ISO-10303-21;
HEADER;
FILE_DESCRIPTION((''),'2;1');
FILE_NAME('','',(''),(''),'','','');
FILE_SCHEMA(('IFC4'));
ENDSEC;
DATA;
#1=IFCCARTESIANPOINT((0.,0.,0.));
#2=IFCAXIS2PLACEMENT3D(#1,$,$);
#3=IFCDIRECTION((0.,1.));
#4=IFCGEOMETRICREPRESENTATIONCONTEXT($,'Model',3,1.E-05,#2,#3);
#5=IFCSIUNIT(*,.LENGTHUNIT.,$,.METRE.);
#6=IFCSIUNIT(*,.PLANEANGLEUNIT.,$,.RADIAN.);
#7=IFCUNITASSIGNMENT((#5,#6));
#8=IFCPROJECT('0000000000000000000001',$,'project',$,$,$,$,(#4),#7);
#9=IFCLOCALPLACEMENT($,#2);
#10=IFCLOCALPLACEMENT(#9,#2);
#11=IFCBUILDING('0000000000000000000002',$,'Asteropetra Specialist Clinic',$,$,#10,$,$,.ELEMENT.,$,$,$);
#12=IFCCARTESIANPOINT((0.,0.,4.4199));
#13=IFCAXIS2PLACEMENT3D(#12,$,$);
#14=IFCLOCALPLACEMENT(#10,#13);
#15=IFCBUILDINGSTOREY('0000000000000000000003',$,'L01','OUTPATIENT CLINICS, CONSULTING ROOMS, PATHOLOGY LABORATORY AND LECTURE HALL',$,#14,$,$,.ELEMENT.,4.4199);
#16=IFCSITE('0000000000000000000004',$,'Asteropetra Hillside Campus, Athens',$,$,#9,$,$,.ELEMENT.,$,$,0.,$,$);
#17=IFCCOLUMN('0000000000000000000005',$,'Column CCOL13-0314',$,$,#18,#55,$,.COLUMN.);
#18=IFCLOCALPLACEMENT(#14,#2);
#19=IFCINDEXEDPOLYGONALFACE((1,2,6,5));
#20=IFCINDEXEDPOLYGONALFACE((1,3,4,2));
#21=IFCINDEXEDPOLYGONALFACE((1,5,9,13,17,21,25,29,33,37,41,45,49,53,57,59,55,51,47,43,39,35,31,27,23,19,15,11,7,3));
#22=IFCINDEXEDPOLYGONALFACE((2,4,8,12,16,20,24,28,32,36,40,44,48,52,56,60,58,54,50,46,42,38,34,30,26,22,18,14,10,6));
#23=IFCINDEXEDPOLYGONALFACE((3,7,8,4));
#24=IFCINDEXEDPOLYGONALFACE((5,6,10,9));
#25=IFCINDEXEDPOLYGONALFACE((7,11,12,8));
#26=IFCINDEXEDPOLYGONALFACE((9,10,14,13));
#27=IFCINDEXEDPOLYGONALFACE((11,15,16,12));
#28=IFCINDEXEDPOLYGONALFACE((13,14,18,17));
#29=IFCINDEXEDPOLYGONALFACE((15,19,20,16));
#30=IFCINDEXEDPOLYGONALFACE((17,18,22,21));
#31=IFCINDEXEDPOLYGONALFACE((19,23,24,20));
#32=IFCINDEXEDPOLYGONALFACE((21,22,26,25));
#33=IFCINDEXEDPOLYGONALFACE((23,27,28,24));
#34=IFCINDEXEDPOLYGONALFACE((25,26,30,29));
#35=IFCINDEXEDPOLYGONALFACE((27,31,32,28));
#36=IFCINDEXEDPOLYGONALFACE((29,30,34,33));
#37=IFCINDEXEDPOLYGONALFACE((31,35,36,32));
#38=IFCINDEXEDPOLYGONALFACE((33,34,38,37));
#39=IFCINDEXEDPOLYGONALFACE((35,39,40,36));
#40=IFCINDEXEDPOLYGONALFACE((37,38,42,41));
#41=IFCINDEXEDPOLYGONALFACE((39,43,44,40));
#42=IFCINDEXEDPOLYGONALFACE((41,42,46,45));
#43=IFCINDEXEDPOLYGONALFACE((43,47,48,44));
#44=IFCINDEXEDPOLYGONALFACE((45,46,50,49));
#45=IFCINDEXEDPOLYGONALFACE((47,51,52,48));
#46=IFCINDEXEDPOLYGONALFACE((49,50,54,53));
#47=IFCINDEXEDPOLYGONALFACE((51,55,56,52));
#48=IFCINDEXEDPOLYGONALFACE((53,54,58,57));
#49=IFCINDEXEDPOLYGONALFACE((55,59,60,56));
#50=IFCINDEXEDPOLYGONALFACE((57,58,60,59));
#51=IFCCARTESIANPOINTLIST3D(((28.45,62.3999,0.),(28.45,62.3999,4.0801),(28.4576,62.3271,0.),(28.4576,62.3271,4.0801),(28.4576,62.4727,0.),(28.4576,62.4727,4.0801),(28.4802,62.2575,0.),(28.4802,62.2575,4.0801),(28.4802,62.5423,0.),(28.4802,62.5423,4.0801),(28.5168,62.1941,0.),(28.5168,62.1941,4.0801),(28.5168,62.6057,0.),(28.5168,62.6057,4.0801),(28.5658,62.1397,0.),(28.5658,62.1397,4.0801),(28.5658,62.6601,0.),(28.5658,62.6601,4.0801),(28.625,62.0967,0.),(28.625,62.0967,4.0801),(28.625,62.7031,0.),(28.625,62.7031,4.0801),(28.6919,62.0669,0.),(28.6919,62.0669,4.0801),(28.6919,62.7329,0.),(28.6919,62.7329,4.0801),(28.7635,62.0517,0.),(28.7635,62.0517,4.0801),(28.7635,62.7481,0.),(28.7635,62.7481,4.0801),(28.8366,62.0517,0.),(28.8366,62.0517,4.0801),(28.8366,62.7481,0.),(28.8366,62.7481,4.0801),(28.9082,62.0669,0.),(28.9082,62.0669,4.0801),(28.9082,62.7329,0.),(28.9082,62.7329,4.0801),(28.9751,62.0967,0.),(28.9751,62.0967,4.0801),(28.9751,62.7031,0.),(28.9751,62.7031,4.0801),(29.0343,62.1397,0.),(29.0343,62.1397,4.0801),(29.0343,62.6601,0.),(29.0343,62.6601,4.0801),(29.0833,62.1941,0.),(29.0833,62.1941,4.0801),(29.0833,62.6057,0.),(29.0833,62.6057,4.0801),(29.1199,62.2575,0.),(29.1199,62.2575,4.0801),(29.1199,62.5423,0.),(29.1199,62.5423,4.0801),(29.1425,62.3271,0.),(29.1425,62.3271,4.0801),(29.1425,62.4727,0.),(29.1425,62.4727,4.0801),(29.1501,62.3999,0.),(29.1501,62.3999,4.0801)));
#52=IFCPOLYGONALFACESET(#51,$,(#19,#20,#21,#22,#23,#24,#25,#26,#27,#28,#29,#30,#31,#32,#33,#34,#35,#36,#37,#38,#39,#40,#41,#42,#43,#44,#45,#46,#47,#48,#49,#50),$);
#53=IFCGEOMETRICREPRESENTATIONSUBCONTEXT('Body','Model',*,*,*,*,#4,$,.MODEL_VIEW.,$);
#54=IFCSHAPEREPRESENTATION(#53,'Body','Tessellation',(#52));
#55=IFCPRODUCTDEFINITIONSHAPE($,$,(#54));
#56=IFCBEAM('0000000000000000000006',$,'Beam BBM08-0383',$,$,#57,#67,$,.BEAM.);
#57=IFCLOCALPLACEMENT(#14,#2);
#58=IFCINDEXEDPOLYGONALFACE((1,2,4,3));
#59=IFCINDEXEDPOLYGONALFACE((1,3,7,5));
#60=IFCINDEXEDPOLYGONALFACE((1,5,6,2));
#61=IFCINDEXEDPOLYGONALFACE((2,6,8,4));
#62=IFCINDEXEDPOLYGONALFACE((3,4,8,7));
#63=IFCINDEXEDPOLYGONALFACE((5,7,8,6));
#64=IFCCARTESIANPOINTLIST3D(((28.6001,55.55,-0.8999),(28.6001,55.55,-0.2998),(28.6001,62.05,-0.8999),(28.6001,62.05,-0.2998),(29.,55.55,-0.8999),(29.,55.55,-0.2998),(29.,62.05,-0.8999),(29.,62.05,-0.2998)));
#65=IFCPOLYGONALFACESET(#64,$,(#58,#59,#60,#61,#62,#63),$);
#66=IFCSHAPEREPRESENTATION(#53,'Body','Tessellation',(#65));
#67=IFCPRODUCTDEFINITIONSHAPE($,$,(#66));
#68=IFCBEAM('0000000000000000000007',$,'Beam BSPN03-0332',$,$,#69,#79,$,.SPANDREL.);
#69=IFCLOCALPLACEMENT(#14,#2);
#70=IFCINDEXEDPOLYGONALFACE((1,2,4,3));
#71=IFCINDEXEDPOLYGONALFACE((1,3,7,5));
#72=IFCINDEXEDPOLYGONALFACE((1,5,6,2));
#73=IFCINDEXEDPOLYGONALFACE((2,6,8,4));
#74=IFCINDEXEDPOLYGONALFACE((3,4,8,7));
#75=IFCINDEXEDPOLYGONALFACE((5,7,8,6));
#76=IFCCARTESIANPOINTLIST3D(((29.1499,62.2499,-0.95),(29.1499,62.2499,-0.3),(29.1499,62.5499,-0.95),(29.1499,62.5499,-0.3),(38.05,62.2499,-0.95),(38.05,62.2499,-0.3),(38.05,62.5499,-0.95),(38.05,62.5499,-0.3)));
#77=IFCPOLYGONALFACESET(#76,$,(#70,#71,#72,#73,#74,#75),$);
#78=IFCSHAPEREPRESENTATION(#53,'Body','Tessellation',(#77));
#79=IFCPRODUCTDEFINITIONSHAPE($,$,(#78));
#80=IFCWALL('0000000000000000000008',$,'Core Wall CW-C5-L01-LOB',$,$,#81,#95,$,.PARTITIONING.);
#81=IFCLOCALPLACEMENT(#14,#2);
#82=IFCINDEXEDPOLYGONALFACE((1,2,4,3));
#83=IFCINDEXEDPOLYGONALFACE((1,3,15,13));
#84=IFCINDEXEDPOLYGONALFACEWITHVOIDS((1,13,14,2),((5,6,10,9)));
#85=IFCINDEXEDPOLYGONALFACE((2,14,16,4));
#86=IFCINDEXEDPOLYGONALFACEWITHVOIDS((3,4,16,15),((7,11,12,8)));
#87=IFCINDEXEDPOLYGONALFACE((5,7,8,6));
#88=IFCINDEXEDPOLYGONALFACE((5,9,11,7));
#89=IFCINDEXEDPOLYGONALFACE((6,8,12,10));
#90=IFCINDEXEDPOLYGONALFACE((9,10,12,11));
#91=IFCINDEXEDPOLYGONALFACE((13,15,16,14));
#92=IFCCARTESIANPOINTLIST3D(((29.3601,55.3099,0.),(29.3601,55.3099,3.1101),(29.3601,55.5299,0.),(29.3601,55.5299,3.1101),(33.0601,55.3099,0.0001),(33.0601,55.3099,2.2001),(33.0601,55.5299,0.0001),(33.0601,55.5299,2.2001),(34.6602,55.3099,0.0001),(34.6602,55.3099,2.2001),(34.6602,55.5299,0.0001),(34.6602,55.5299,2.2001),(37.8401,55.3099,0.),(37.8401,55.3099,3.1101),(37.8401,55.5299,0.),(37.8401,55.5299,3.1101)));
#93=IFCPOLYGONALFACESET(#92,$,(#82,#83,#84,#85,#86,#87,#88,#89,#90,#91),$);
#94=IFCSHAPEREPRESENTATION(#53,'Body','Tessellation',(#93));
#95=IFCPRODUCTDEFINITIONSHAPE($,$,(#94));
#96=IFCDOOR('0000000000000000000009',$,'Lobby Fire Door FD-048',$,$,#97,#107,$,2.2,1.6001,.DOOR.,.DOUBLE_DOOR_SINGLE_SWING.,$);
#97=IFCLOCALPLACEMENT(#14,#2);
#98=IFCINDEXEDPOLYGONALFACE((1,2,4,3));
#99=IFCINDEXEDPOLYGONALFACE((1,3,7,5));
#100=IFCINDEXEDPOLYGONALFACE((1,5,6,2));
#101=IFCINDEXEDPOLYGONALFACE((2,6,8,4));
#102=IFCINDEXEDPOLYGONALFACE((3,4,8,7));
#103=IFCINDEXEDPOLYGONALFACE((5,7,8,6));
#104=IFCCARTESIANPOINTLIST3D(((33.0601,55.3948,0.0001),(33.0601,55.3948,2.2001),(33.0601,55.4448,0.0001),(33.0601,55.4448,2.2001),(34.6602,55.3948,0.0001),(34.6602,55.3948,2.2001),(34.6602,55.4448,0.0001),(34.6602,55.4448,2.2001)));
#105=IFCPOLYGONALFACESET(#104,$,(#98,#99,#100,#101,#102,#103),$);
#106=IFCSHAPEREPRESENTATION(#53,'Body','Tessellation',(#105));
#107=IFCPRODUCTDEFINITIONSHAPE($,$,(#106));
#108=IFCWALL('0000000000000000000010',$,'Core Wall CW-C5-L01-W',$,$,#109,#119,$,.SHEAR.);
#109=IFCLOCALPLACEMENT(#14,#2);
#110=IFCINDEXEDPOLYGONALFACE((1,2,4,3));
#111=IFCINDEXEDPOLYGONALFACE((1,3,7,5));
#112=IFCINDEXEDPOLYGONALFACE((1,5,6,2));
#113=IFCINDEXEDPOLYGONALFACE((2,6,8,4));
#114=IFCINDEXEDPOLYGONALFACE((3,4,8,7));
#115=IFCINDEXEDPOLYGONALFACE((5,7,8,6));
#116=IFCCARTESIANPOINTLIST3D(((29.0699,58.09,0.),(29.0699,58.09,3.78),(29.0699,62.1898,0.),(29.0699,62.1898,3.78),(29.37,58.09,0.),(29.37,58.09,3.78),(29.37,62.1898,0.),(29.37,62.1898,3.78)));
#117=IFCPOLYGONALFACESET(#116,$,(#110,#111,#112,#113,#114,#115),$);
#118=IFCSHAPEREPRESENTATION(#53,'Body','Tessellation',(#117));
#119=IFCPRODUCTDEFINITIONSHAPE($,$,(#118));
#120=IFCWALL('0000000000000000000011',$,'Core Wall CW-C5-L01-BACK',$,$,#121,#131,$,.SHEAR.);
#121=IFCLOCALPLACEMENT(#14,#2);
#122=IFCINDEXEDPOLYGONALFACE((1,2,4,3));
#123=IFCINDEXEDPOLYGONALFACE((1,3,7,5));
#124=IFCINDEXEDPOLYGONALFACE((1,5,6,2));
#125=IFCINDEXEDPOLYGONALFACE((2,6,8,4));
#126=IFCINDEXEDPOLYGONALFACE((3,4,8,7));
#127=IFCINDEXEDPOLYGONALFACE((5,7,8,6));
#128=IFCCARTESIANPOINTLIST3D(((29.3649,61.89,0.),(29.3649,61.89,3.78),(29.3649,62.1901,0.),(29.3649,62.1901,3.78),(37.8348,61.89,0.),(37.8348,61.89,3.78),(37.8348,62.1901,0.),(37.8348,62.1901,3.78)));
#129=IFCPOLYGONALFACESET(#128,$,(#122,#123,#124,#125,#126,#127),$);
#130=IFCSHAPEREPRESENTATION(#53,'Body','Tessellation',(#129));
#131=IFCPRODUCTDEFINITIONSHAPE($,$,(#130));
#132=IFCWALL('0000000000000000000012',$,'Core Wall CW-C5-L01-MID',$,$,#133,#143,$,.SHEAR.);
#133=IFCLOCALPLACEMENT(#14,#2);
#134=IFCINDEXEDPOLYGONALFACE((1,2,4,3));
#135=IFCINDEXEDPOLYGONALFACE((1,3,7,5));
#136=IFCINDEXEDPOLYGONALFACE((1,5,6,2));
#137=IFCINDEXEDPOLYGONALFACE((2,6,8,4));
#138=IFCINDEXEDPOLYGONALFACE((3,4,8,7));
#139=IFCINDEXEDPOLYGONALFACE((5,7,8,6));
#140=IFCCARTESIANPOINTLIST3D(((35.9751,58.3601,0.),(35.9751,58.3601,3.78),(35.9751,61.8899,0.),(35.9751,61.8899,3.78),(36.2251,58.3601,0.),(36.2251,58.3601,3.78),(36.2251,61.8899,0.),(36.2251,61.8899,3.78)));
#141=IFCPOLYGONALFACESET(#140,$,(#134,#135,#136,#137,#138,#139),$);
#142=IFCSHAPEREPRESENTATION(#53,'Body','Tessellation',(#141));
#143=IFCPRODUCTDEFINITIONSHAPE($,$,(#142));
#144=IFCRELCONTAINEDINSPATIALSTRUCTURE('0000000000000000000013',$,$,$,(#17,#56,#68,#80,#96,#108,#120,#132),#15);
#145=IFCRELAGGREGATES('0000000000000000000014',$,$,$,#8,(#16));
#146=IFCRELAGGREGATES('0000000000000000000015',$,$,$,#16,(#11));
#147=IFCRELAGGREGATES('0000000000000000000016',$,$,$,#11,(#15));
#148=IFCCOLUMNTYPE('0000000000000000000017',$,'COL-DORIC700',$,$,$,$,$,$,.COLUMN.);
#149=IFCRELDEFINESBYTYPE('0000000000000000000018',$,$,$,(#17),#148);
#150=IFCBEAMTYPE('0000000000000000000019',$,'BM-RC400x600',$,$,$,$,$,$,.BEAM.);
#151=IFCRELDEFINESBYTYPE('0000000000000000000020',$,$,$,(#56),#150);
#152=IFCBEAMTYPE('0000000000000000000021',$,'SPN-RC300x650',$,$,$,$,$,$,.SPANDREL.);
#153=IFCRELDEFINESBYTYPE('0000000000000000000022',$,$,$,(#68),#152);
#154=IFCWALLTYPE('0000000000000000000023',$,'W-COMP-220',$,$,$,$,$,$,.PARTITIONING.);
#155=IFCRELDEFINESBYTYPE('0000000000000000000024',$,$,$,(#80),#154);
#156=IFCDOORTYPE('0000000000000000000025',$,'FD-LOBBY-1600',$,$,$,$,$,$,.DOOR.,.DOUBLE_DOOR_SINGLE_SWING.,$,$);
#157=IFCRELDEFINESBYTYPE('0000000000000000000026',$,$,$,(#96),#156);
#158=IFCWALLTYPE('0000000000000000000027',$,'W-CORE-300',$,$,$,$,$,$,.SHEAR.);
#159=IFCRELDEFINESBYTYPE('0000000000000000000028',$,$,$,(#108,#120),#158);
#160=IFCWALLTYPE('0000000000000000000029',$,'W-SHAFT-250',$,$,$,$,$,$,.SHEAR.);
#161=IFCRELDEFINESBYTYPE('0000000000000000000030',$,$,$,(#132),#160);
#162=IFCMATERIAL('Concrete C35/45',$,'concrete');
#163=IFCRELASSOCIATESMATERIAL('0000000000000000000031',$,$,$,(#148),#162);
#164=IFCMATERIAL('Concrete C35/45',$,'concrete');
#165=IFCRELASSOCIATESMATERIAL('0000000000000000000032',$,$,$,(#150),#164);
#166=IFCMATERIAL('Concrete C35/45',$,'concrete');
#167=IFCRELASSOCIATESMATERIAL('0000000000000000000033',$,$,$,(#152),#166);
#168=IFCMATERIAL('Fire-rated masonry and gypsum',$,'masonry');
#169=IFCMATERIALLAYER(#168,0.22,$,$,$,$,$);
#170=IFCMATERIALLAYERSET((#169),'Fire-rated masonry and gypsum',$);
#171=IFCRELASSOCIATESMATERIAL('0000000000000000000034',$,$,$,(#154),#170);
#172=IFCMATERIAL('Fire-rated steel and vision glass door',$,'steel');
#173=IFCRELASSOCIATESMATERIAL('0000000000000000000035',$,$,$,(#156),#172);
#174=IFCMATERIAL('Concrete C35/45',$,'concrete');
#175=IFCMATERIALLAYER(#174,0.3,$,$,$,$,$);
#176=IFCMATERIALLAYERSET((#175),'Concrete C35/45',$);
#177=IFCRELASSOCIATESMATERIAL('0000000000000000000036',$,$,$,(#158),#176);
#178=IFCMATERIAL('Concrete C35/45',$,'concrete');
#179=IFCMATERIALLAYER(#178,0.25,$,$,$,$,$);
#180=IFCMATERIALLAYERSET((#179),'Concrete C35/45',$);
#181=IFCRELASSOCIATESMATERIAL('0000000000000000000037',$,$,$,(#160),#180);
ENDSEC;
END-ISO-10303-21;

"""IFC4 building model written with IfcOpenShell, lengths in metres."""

from ifc_helpers import new_model, si_unit, direction, frame, frame_2d, origin, origin_2d, place, context, subcontext, project, spatial, rectangle, circle, extrude, material, layer, layer_set, material_profile, profile_set, type_object, element, fill, save


model = new_model("IFC4")

# Units and contexts
model_context = context("Model", 3, precision=1e-05, world=origin(), true_north=direction((0.0, 1.0)))
body_context = subcontext(model_context, "Body", "Model", "MODEL_VIEW")
ifc_project = project(units=[si_unit("LENGTHUNIT", "METRE"), si_unit("PLANEANGLEUNIT", "RADIAN")], contexts=[model_context])

# Site, building, storey
site_placement = place(None, origin())
site = spatial("IfcSite", under=ifc_project, at=site_placement, Name="Asteropetra Hillside Campus, Athens", CompositionType="ELEMENT", RefElevation=0.0)
building_placement = place(site_placement, origin())
building = spatial("IfcBuilding", under=site, at=building_placement, Name="Asteropetra Specialist Clinic", CompositionType="ELEMENT")
storey_placement = place(building_placement, frame((0.0, 0.0, 4.4199)))
storey = spatial("IfcBuildingStorey", under=building, at=storey_placement, Name="L01", Description="OUTPATIENT CLINICS, CONSULTING ROOMS, PATHOLOGY LABORATORY AND LECTURE HALL", CompositionType="ELEMENT", Elevation=4.4199)

# Column
ifc_material_1 = material(Name="Concrete C35/45", Category="concrete")
ifc_material_profile_1 = material_profile(ifc_material_1, circle(Radius=0.3501, at=origin_2d()), Name="RCC D700")
ifc_profile_set_1 = profile_set([ifc_material_profile_1], Name="Concrete C35/45")
column_type = type_object("IfcColumnType", Name="COL-DORIC700", PredefinedType="COLUMN", material=ifc_profile_set_1)
column_placement = place(storey_placement, frame((28.8, 62.3999, 0.0), z_axis=(0.0, 0.0, 1.0), x_axis=(1.0, 0.0, 0.0)))
element("IfcColumn", 1, at=column_placement, inside=storey, type_object=column_type, Name="Column CCOL13-0314", PredefinedType="COLUMN", context=body_context, shape_type="SweptSolid", body=[
    extrude(circle(Radius=0.3501, at=origin_2d()), origin(), (0.0, 0.0, 1.0), 4.0801),
])

# Beams
ifc_material_2 = material(Name="Concrete C35/45", Category="concrete")
ifc_material_profile_2 = material_profile(ifc_material_2, rectangle(XDim=0.3999, YDim=0.6001, at=origin_2d()), Name="RCB 400x600")
ifc_profile_set_2 = profile_set([ifc_material_profile_2], Name="Concrete C35/45")
beam_type_1 = type_object("IfcBeamType", Name="BM-RC400x600", PredefinedType="BEAM", material=ifc_profile_set_2)
beam_1_placement = place(storey_placement, frame((28.8, 55.55, -0.5999), z_axis=(0.0, 1.0, 0.0), x_axis=(-1.0, 0.0, 0.0)))
element("IfcBeam", 2, at=beam_1_placement, inside=storey, type_object=beam_type_1, Name="Beam BBM08-0383", PredefinedType="BEAM", context=body_context, shape_type="SweptSolid", body=[
    extrude(rectangle(XDim=0.3999, YDim=0.6001, at=origin_2d()), origin(), (0.0, 0.0, 1.0), 6.5),
])
ifc_material_3 = material(Name="Concrete C35/45", Category="concrete")
ifc_material_profile_3 = material_profile(ifc_material_3, rectangle(XDim=0.3, YDim=0.6499, at=origin_2d()), Name="RCS 300x650")
ifc_profile_set_3 = profile_set([ifc_material_profile_3], Name="Concrete C35/45")
beam_type_2 = type_object("IfcBeamType", Name="SPN-RC300x650", PredefinedType="SPANDREL", material=ifc_profile_set_3)
beam_2_placement = place(storey_placement, frame((29.1499, 62.3999, -0.625), z_axis=(1.0, 0.0, 0.0), x_axis=(0.0, 1.0, 0.0)))
element("IfcBeam", 3, at=beam_2_placement, inside=storey, type_object=beam_type_2, Name="Beam BSPN03-0332", PredefinedType="SPANDREL", context=body_context, shape_type="SweptSolid", body=[
    extrude(rectangle(XDim=0.3, YDim=0.6499, at=origin_2d()), origin(), (0.0, 0.0, 1.0), 8.9001),
])

# Wall, opening, door
ifc_material_4 = material(Name="Fire-rated masonry and gypsum", Category="masonry")
ifc_layer_1 = layer(ifc_material_4, 0.22)
ifc_layer_set_1 = layer_set([ifc_layer_1], Name="Fire-rated masonry and gypsum")
wall_type_1 = type_object("IfcWallType", Name="W-COMP-220", PredefinedType="PARTITIONING", material=ifc_layer_set_1)
wall_1_placement = place(storey_placement, frame((29.3601, 55.4199, 0.0), z_axis=(0.0, 0.0, 1.0), x_axis=(1.0, 0.0, 0.0)))
wall_1 = element("IfcWall", 4, at=wall_1_placement, inside=storey, type_object=wall_type_1, Name="Core Wall CW-C5-L01-LOB", PredefinedType="PARTITIONING", context=body_context, shape_type="SweptSolid", body=[
    extrude(rectangle(XDim=8.48, YDim=0.22, at=frame_2d((4.24, 0.0))), origin(), (0.0, 0.0, 1.0), 3.1101),
])
opening_1_placement = place(wall_1_placement, frame((3.7, 0.0, 0.0)))
opening_1 = element("IfcOpeningElement", 5, at=opening_1_placement, cuts=wall_1, PredefinedType="OPENING", context=body_context, shape_type="SweptSolid", body=[
    extrude(rectangle(XDim=1.6001, YDim=2.2, at=frame_2d((0.8, 1.1001))), frame((0.0, 0.1199, 0.0), z_axis=(0.0, -1.0, 0.0), x_axis=(1.0, 0.0, 0.0)), (0.0, 0.0, 1.0), 0.24),
])
ifc_material_5 = material(Name="Fire-rated steel and vision glass door", Category="steel")
door_type_1 = type_object("IfcDoorType", Name="FD-LOBBY-1600", OperationType="DOUBLE_DOOR_SINGLE_SWING", PredefinedType="DOOR", material=ifc_material_5)
door_1_placement = place(opening_1_placement, origin())
door_1 = element("IfcDoor", 6, at=door_1_placement, inside=storey, type_object=door_type_1, Name="Lobby Fire Door FD-048", OperationType="DOUBLE_DOOR_SINGLE_SWING", OverallHeight=2.2, OverallWidth=1.6001, PredefinedType="DOOR", context=body_context, shape_type="SweptSolid", body=[
    extrude(rectangle(XDim=1.6001, YDim=2.2, at=frame_2d((0.8, 1.1001))), frame((0.0, 0.0249, 0.0), z_axis=(0.0, -1.0, 0.0), x_axis=(1.0, 0.0, 0.0)), (0.0, 0.0, 1.0), 0.05),
])
fill(opening_1, door_1)

# Walls
ifc_material_6 = material(Name="Concrete C35/45", Category="concrete")
ifc_layer_2 = layer(ifc_material_6, 0.3)
ifc_layer_set_2 = layer_set([ifc_layer_2], Name="Concrete C35/45")
wall_type_2 = type_object("IfcWallType", Name="W-CORE-300", PredefinedType="SHEAR", material=ifc_layer_set_2)
wall_2_placement = place(storey_placement, frame((29.22, 58.0901, 0.0), z_axis=(0.0, 0.0, 1.0), x_axis=(0.0, 1.0, 0.0)))
element("IfcWall", 7, at=wall_2_placement, inside=storey, type_object=wall_type_2, Name="Core Wall CW-C5-L01-W", PredefinedType="SHEAR", context=body_context, shape_type="SweptSolid", body=[
    extrude(rectangle(XDim=4.0999, YDim=0.3, at=frame_2d((2.0498, 0.0))), origin(), (0.0, 0.0, 1.0), 3.78),
])
wall_3_placement = place(storey_placement, frame((29.365, 62.04, 0.0), z_axis=(0.0, 0.0, 1.0), x_axis=(1.0, 0.0, 0.0)))
element("IfcWall", 8, at=wall_3_placement, inside=storey, type_object=wall_type_2, Name="Core Wall CW-C5-L01-BACK", PredefinedType="SHEAR", context=body_context, shape_type="SweptSolid", body=[
    extrude(rectangle(XDim=8.47, YDim=0.3, at=frame_2d((4.2349, 0.0))), origin(), (0.0, 0.0, 1.0), 3.78),
])
ifc_material_7 = material(Name="Concrete C35/45", Category="concrete")
ifc_layer_3 = layer(ifc_material_7, 0.25)
ifc_layer_set_3 = layer_set([ifc_layer_3], Name="Concrete C35/45")
wall_type_3 = type_object("IfcWallType", Name="W-SHAFT-250", PredefinedType="SHEAR", material=ifc_layer_set_3)
wall_4_placement = place(storey_placement, frame((36.1001, 58.3601, 0.0), z_axis=(0.0, 0.0, 1.0), x_axis=(0.0, 1.0, 0.0)))
element("IfcWall", 9, at=wall_4_placement, inside=storey, type_object=wall_type_3, Name="Core Wall CW-C5-L01-MID", PredefinedType="SHEAR", context=body_context, shape_type="SweptSolid", body=[
    extrude(rectangle(XDim=3.5298, YDim=0.25, at=frame_2d((1.7649, 0.0))), origin(), (0.0, 0.0, 1.0), 3.78),
])

save(model, "model.ifc")
